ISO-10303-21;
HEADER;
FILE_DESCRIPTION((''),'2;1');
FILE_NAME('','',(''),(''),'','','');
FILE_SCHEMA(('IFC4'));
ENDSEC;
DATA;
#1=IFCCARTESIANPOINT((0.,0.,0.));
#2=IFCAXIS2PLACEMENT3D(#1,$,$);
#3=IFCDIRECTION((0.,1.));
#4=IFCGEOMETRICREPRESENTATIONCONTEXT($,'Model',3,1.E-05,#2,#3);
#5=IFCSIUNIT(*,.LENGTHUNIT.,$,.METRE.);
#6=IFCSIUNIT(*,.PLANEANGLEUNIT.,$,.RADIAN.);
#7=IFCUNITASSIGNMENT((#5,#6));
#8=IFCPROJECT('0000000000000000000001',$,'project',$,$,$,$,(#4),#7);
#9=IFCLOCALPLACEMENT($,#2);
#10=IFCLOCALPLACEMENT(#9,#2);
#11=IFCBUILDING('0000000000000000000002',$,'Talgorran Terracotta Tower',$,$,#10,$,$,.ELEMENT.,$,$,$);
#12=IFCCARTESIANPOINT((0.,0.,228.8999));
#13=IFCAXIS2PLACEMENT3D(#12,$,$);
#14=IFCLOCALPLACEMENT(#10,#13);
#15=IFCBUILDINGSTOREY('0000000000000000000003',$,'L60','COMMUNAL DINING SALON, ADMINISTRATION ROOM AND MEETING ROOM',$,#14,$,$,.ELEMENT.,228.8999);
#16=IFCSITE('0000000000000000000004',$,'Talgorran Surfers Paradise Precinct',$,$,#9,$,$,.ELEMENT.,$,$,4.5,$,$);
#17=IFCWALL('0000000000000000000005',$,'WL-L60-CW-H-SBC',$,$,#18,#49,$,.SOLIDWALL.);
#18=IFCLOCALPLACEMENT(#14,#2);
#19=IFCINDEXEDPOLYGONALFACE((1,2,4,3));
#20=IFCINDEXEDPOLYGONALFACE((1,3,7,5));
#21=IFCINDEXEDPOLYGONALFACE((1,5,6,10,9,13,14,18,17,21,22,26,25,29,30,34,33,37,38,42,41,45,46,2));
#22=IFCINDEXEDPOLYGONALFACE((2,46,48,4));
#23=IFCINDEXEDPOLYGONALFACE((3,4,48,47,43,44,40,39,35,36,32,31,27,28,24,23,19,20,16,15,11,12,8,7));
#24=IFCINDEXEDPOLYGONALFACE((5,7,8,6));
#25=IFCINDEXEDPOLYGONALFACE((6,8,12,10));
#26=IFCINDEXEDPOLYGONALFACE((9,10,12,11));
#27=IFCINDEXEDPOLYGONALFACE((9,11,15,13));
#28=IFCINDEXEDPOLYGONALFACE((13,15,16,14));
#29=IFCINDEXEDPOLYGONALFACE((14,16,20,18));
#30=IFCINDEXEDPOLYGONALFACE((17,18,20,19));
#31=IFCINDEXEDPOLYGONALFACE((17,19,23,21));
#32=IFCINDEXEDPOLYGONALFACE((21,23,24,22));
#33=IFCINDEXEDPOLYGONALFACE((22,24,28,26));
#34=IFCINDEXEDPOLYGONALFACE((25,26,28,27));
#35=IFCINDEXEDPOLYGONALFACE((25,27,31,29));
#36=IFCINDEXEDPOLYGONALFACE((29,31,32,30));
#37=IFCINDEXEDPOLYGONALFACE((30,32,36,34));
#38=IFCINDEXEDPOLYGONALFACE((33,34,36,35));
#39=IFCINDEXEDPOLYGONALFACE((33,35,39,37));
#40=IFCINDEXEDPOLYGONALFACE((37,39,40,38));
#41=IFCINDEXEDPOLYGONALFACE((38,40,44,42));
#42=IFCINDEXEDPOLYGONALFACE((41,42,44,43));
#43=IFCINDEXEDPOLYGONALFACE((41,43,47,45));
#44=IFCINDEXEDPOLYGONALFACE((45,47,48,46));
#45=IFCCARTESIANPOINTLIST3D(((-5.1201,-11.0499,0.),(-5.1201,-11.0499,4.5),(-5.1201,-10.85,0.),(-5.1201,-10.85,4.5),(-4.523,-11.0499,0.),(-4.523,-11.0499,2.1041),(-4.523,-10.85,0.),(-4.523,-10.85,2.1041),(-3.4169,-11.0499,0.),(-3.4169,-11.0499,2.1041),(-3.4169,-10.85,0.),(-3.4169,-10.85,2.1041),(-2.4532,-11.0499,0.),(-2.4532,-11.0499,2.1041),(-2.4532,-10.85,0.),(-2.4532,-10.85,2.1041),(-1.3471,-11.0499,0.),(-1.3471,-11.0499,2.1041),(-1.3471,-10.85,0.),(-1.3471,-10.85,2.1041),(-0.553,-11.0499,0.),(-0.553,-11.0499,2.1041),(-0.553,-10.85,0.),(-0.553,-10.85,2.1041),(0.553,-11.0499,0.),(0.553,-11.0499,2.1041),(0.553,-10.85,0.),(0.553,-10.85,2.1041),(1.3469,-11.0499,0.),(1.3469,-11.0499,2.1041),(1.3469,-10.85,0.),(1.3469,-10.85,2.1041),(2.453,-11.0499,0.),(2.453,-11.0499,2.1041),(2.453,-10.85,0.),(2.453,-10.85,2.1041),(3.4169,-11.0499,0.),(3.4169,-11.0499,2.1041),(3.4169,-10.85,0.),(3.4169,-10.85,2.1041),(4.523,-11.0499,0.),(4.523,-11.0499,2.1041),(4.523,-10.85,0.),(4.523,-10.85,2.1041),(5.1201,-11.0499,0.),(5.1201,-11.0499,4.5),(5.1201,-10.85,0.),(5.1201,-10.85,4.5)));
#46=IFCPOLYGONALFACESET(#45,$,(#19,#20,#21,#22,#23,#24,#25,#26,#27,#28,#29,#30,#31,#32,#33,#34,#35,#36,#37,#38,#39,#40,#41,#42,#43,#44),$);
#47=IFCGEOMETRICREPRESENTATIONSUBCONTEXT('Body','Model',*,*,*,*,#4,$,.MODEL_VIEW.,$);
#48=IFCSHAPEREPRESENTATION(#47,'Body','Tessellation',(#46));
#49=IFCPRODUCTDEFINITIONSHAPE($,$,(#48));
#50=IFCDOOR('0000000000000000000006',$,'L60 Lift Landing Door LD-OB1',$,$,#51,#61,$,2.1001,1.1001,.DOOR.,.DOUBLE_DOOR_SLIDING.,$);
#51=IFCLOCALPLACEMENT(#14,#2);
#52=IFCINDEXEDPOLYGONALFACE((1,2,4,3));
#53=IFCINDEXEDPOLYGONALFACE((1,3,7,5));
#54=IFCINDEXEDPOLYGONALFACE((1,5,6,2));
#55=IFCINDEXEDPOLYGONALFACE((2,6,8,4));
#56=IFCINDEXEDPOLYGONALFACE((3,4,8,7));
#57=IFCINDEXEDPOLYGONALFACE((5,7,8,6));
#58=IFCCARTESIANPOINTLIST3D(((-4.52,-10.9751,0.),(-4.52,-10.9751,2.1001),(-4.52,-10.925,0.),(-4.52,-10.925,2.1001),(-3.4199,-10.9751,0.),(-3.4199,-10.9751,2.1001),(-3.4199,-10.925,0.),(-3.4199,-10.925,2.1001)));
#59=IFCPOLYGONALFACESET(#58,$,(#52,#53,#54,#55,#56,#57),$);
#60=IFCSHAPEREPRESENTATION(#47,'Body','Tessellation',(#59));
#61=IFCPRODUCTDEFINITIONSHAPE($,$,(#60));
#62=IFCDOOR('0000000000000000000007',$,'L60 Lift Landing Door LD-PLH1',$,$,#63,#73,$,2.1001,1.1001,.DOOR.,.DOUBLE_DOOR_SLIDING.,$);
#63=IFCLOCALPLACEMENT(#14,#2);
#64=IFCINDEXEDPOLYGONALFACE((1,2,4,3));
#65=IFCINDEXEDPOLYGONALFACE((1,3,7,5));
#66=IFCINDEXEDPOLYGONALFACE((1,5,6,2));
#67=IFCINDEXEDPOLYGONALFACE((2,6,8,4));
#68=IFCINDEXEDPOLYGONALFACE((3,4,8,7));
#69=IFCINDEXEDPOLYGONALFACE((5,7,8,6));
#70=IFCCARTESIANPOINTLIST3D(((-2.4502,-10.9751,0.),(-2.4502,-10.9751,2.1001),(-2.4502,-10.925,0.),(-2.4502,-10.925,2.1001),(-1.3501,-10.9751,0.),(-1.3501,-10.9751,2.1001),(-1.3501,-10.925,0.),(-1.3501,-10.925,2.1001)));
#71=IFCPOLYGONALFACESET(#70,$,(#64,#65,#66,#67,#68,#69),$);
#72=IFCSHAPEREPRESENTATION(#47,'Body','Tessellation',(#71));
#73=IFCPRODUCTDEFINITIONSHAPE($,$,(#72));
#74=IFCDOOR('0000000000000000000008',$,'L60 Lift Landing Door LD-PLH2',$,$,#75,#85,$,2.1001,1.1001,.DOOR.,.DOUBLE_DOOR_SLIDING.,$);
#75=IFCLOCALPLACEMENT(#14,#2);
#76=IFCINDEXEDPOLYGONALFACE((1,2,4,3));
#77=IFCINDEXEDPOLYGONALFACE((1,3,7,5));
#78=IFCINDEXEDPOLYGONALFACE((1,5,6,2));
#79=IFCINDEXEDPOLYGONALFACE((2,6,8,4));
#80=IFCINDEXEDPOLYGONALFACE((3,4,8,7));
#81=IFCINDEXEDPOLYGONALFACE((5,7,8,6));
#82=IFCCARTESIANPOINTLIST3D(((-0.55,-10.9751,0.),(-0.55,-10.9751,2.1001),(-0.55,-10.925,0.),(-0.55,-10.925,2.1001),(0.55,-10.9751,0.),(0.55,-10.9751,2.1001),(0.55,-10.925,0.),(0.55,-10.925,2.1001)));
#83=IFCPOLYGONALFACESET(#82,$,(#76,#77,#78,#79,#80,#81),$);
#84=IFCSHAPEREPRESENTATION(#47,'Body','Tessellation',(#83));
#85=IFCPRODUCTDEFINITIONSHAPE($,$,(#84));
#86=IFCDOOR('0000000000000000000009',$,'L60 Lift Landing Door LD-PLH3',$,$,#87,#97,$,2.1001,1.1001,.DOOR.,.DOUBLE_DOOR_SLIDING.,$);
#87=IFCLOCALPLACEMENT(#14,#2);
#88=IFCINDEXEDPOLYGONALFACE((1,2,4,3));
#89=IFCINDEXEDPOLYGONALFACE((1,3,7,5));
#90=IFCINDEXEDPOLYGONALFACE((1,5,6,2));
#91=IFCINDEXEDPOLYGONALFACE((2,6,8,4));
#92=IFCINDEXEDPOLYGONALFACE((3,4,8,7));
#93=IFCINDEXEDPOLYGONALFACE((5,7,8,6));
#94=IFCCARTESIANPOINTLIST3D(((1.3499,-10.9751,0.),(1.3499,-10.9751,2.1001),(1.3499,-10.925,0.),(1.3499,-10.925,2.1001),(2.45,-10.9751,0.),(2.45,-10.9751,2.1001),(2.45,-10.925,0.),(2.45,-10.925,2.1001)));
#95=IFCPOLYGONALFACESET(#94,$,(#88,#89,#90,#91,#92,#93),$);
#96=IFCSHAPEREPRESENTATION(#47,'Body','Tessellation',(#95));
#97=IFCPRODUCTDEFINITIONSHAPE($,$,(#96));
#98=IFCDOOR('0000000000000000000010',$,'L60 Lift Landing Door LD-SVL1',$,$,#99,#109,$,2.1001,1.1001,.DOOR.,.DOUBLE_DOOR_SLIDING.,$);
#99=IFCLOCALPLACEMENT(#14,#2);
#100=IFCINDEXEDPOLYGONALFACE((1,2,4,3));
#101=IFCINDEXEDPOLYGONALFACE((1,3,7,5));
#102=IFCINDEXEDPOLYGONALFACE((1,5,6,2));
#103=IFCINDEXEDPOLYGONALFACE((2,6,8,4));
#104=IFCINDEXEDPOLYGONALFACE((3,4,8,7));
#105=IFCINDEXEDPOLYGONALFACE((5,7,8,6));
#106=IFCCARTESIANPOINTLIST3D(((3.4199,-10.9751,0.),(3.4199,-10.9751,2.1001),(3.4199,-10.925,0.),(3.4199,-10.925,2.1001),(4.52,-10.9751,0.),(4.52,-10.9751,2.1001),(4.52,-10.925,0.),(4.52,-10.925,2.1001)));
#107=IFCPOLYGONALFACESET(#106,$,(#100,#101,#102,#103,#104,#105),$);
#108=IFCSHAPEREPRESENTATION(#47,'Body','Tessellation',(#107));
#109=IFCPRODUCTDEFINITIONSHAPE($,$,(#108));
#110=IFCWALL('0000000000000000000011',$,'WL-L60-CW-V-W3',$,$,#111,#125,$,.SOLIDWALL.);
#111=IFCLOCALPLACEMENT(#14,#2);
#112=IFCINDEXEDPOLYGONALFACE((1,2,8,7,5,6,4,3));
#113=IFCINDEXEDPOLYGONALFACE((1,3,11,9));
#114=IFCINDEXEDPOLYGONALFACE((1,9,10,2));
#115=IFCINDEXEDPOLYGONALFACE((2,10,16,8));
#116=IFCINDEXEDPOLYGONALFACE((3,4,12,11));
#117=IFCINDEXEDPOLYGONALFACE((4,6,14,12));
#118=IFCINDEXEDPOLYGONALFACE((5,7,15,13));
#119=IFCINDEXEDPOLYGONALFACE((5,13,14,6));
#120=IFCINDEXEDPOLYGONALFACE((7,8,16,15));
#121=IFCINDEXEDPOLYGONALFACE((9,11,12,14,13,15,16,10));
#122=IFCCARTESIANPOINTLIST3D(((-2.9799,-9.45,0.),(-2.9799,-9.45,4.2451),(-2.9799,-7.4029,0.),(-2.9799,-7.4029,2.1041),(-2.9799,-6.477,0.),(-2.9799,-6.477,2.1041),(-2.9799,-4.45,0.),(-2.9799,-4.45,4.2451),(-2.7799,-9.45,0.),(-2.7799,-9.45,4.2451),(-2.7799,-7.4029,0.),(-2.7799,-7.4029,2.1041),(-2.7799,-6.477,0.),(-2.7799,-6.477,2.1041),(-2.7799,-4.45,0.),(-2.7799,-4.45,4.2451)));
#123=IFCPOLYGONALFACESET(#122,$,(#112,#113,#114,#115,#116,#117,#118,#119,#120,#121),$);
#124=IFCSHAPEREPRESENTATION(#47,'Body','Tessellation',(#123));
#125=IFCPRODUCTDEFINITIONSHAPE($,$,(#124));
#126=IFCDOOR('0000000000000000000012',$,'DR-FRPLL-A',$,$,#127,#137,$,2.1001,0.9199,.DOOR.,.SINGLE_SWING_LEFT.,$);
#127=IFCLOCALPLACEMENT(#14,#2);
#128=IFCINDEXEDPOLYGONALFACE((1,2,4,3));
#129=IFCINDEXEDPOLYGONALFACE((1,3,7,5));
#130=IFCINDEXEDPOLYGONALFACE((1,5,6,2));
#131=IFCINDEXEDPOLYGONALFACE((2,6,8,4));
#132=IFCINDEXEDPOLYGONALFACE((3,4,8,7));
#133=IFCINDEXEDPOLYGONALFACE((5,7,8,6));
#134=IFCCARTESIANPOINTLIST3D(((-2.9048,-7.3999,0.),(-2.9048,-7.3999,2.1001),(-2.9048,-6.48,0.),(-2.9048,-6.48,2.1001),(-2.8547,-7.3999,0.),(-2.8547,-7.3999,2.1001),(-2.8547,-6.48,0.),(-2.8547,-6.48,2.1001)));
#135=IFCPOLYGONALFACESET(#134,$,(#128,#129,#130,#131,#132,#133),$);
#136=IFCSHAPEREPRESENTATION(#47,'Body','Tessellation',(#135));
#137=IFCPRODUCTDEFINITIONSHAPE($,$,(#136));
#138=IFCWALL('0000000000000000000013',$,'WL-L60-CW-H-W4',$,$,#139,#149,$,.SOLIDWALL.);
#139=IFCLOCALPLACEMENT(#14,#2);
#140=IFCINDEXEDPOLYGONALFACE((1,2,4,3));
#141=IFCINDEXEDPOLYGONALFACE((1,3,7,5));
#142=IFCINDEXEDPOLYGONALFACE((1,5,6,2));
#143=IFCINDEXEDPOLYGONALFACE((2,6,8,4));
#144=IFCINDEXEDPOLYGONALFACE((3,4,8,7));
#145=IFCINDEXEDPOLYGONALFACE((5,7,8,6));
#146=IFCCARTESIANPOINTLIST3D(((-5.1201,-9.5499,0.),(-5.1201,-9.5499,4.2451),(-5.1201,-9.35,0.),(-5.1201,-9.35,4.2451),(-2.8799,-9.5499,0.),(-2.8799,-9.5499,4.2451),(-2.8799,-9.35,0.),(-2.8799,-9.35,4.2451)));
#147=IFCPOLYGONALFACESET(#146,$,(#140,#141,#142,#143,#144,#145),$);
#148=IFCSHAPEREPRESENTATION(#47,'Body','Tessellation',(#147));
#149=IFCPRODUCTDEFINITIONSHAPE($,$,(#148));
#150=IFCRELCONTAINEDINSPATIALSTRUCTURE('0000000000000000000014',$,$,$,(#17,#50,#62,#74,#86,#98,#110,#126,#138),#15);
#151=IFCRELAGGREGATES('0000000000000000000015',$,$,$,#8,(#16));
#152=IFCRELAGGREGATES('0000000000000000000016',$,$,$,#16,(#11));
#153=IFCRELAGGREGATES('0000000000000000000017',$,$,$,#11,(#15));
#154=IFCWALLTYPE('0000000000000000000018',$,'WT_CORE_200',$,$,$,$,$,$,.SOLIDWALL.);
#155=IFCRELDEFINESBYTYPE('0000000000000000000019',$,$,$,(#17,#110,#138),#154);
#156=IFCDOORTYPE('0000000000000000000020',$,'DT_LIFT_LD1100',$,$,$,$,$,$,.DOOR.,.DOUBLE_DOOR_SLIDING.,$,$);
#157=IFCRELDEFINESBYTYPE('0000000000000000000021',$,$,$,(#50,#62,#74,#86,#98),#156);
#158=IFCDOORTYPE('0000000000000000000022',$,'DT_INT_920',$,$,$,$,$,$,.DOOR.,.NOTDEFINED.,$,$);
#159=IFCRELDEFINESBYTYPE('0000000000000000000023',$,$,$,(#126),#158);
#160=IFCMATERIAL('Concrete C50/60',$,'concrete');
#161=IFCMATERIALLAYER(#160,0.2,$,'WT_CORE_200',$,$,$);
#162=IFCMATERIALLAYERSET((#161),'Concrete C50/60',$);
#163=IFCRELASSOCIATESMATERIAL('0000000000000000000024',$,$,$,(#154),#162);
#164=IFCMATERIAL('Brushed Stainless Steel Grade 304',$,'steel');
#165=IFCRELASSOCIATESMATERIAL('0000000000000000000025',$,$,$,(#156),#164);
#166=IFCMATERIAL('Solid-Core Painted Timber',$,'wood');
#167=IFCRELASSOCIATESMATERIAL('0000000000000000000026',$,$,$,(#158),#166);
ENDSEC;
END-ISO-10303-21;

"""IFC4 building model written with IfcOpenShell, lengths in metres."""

from ifc_helpers import new_model, si_unit, direction, frame, frame_2d, origin, place, context, subcontext, project, spatial, rectangle, extrude, material, layer, layer_set, type_object, element, fill, save


model = new_model("IFC4")

# Units and contexts
model_context = context("Model", 3, precision=1e-05, world=origin(), true_north=direction((0.0, 1.0)))
body_context = subcontext(model_context, "Body", "Model", "MODEL_VIEW")
ifc_project = project(units=[si_unit("LENGTHUNIT", "METRE"), si_unit("PLANEANGLEUNIT", "RADIAN")], contexts=[model_context])

# Site, building, storey
site_placement = place(None, origin())
site = spatial("IfcSite", under=ifc_project, at=site_placement, Name="Talgorran Surfers Paradise Precinct", CompositionType="ELEMENT", RefElevation=4.5)
building_placement = place(site_placement, origin())
building = spatial("IfcBuilding", under=site, at=building_placement, Name="Talgorran Terracotta Tower", CompositionType="ELEMENT")
storey_placement = place(building_placement, frame((0.0, 0.0, 228.8999)))
storey = spatial("IfcBuildingStorey", under=building, at=storey_placement, Name="L60", Description="COMMUNAL DINING SALON, ADMINISTRATION ROOM AND MEETING ROOM", CompositionType="ELEMENT", Elevation=228.8999)

# Shared definitions
ifc_material_1 = material(Name="Concrete C50/60", Category="concrete")

# Wall, openings, doors
ifc_layer_1 = layer(ifc_material_1, 0.2, Name="WT_CORE_200")
ifc_layer_set_1 = layer_set([ifc_layer_1], Name="Concrete C50/60")
wall_type_1 = type_object("IfcWallType", Name="WT_CORE_200", PredefinedType="SOLIDWALL", material=ifc_layer_set_1)
ifc_material_2 = material(Name="Brushed Stainless Steel Grade 304", Category="steel")
door_type_1 = type_object("IfcDoorType", Name="DT_LIFT_LD1100", OperationType="DOUBLE_DOOR_SLIDING", PredefinedType="DOOR", material=ifc_material_2)
wall_1_placement = place(storey_placement, frame((-5.1201, -10.95, 0.0), z_axis=(0.0, 0.0, 1.0), x_axis=(1.0, 0.0, 0.0)))
wall_1 = element("IfcWall", 1, at=wall_1_placement, inside=storey, type_object=wall_type_1, Name="WL-L60-CW-H-SBC", PredefinedType="SOLIDWALL", context=body_context, shape_type="SweptSolid", body=[
    extrude(rectangle(XDim=10.2402, YDim=0.2, at=frame_2d((5.1201, 0.0))), origin(), (0.0, 0.0, 1.0), 4.5),
])
opening_1_placement = place(wall_1_placement, frame((0.6001, 0.0, 0.0)))
opening_1 = element("IfcOpeningElement", 2, at=opening_1_placement, cuts=wall_1, PredefinedType="OPENING", context=body_context, shape_type="SweptSolid", body=[
    extrude(rectangle(XDim=1.1061, YDim=2.1041, at=frame_2d((0.55, 1.052))), frame((0.0, 0.1099, 0.0), z_axis=(0.0, -1.0, 0.0), x_axis=(1.0, 0.0, 0.0)), (0.0, 0.0, 1.0), 0.22),
])
opening_2_placement = place(wall_1_placement, frame((2.6699, 0.0, 0.0)))
opening_2 = element("IfcOpeningElement", 3, at=opening_2_placement, cuts=wall_1, PredefinedType="OPENING", context=body_context, shape_type="SweptSolid", body=[
    extrude(rectangle(XDim=1.1061, YDim=2.1041, at=frame_2d((0.55, 1.052))), frame((0.0, 0.1099, 0.0), z_axis=(0.0, -1.0, 0.0), x_axis=(1.0, 0.0, 0.0)), (0.0, 0.0, 1.0), 0.22),
])
opening_3_placement = place(wall_1_placement, frame((4.5701, 0.0, 0.0)))
opening_3 = element("IfcOpeningElement", 4, at=opening_3_placement, cuts=wall_1, PredefinedType="OPENING", context=body_context, shape_type="SweptSolid", body=[
    extrude(rectangle(XDim=1.1061, YDim=2.1041, at=frame_2d((0.55, 1.052))), frame((0.0, 0.1099, 0.0), z_axis=(0.0, -1.0, 0.0), x_axis=(1.0, 0.0, 0.0)), (0.0, 0.0, 1.0), 0.22),
])
opening_4_placement = place(wall_1_placement, frame((6.47, 0.0, 0.0)))
opening_4 = element("IfcOpeningElement", 5, at=opening_4_placement, cuts=wall_1, PredefinedType="OPENING", context=body_context, shape_type="SweptSolid", body=[
    extrude(rectangle(XDim=1.1061, YDim=2.1041, at=frame_2d((0.55, 1.052))), frame((0.0, 0.1099, 0.0), z_axis=(0.0, -1.0, 0.0), x_axis=(1.0, 0.0, 0.0)), (0.0, 0.0, 1.0), 0.22),
])
opening_5_placement = place(wall_1_placement, frame((8.54, 0.0, 0.0)))
opening_5 = element("IfcOpeningElement", 6, at=opening_5_placement, cuts=wall_1, PredefinedType="OPENING", context=body_context, shape_type="SweptSolid", body=[
    extrude(rectangle(XDim=1.1061, YDim=2.1041, at=frame_2d((0.55, 1.052))), frame((0.0, 0.1099, 0.0), z_axis=(0.0, -1.0, 0.0), x_axis=(1.0, 0.0, 0.0)), (0.0, 0.0, 1.0), 0.22),
])
door_1_placement = place(opening_1_placement, origin())
door_1 = element("IfcDoor", 7, at=door_1_placement, inside=storey, type_object=door_type_1, Name="L60 Lift Landing Door LD-OB1", OperationType="DOUBLE_DOOR_SLIDING", OverallHeight=2.1001, OverallWidth=1.1001, PredefinedType="DOOR", context=body_context, shape_type="SweptSolid", body=[
    extrude(rectangle(XDim=1.1001, YDim=2.1001, at=frame_2d((0.55, 1.05))), frame((0.0, 0.0249, 0.0), z_axis=(0.0, -1.0, 0.0), x_axis=(1.0, 0.0, 0.0)), (0.0, 0.0, 1.0), 0.05),
])
fill(opening_1, door_1)
door_2_placement = place(opening_2_placement, origin())
door_2 = element("IfcDoor", 8, at=door_2_placement, inside=storey, type_object=door_type_1, Name="L60 Lift Landing Door LD-PLH1", OperationType="DOUBLE_DOOR_SLIDING", OverallHeight=2.1001, OverallWidth=1.1001, PredefinedType="DOOR", context=body_context, shape_type="SweptSolid", body=[
    extrude(rectangle(XDim=1.1001, YDim=2.1001, at=frame_2d((0.55, 1.05))), frame((0.0, 0.0249, 0.0), z_axis=(0.0, -1.0, 0.0), x_axis=(1.0, 0.0, 0.0)), (0.0, 0.0, 1.0), 0.05),
])
fill(opening_2, door_2)
door_3_placement = place(opening_3_placement, origin())
door_3 = element("IfcDoor", 9, at=door_3_placement, inside=storey, type_object=door_type_1, Name="L60 Lift Landing Door LD-PLH2", OperationType="DOUBLE_DOOR_SLIDING", OverallHeight=2.1001, OverallWidth=1.1001, PredefinedType="DOOR", context=body_context, shape_type="SweptSolid", body=[
    extrude(rectangle(XDim=1.1001, YDim=2.1001, at=frame_2d((0.55, 1.05))), frame((0.0, 0.0249, 0.0), z_axis=(0.0, -1.0, 0.0), x_axis=(1.0, 0.0, 0.0)), (0.0, 0.0, 1.0), 0.05),
])
fill(opening_3, door_3)
door_4_placement = place(opening_4_placement, origin())
door_4 = element("IfcDoor", 10, at=door_4_placement, inside=storey, type_object=door_type_1, Name="L60 Lift Landing Door LD-PLH3", OperationType="DOUBLE_DOOR_SLIDING", OverallHeight=2.1001, OverallWidth=1.1001, PredefinedType="DOOR", context=body_context, shape_type="SweptSolid", body=[
    extrude(rectangle(XDim=1.1001, YDim=2.1001, at=frame_2d((0.55, 1.05))), frame((0.0, 0.0249, 0.0), z_axis=(0.0, -1.0, 0.0), x_axis=(1.0, 0.0, 0.0)), (0.0, 0.0, 1.0), 0.05),
])
fill(opening_4, door_4)
door_5_placement = place(opening_5_placement, origin())
door_5 = element("IfcDoor", 11, at=door_5_placement, inside=storey, type_object=door_type_1, Name="L60 Lift Landing Door LD-SVL1", OperationType="DOUBLE_DOOR_SLIDING", OverallHeight=2.1001, OverallWidth=1.1001, PredefinedType="DOOR", context=body_context, shape_type="SweptSolid", body=[
    extrude(rectangle(XDim=1.1001, YDim=2.1001, at=frame_2d((0.55, 1.05))), frame((0.0, 0.0249, 0.0), z_axis=(0.0, -1.0, 0.0), x_axis=(1.0, 0.0, 0.0)), (0.0, 0.0, 1.0), 0.05),
])
fill(opening_5, door_5)

# Wall, opening, door
wall_2_placement = place(storey_placement, frame((-2.8799, -9.45, 0.0), z_axis=(0.0, 0.0, 1.0), x_axis=(0.0, 1.0, 0.0)))
wall_2 = element("IfcWall", 12, at=wall_2_placement, inside=storey, type_object=wall_type_1, Name="WL-L60-CW-V-W3", PredefinedType="SOLIDWALL", context=body_context, shape_type="SweptSolid", body=[
    extrude(rectangle(XDim=5.0, YDim=0.2, at=frame_2d((2.5, 0.0))), origin(), (0.0, 0.0, 1.0), 4.2451),
])
opening_6_placement = place(wall_2_placement, frame((2.05, 0.0, 0.0)))
opening_6 = element("IfcOpeningElement", 13, at=opening_6_placement, cuts=wall_2, PredefinedType="OPENING", context=body_context, shape_type="SweptSolid", body=[
    extrude(rectangle(XDim=0.9259, YDim=2.1041, at=frame_2d((0.46, 1.052))), frame((0.0, 0.1099, 0.0), z_axis=(0.0, -1.0, 0.0), x_axis=(1.0, 0.0, 0.0)), (0.0, 0.0, 1.0), 0.22),
])
ifc_material_3 = material(Name="Solid-Core Painted Timber", Category="wood")
door_type_2 = type_object("IfcDoorType", Name="DT_INT_920", OperationType="NOTDEFINED", PredefinedType="DOOR", material=ifc_material_3)
door_6_placement = place(opening_6_placement, origin())
door_6 = element("IfcDoor", 14, at=door_6_placement, inside=storey, type_object=door_type_2, Name="DR-FRPLL-A", OperationType="SINGLE_SWING_LEFT", OverallHeight=2.1001, OverallWidth=0.9199, PredefinedType="DOOR", context=body_context, shape_type="SweptSolid", body=[
    extrude(rectangle(XDim=0.9199, YDim=2.1001, at=frame_2d((0.46, 1.05))), frame((0.0, 0.0249, 0.0), z_axis=(0.0, -1.0, 0.0), x_axis=(1.0, 0.0, 0.0)), (0.0, 0.0, 1.0), 0.05),
])
fill(opening_6, door_6)

# Wall
wall_3_placement = place(storey_placement, frame((-5.1201, -9.45, 0.0), z_axis=(0.0, 0.0, 1.0), x_axis=(1.0, 0.0, 0.0)))
element("IfcWall", 15, at=wall_3_placement, inside=storey, type_object=wall_type_1, Name="WL-L60-CW-H-W4", PredefinedType="SOLIDWALL", context=body_context, shape_type="SweptSolid", body=[
    extrude(rectangle(XDim=2.2402, YDim=0.2, at=frame_2d((1.1201, 0.0))), origin(), (0.0, 0.0, 1.0), 4.2451),
])

save(model, "model.ifc")
